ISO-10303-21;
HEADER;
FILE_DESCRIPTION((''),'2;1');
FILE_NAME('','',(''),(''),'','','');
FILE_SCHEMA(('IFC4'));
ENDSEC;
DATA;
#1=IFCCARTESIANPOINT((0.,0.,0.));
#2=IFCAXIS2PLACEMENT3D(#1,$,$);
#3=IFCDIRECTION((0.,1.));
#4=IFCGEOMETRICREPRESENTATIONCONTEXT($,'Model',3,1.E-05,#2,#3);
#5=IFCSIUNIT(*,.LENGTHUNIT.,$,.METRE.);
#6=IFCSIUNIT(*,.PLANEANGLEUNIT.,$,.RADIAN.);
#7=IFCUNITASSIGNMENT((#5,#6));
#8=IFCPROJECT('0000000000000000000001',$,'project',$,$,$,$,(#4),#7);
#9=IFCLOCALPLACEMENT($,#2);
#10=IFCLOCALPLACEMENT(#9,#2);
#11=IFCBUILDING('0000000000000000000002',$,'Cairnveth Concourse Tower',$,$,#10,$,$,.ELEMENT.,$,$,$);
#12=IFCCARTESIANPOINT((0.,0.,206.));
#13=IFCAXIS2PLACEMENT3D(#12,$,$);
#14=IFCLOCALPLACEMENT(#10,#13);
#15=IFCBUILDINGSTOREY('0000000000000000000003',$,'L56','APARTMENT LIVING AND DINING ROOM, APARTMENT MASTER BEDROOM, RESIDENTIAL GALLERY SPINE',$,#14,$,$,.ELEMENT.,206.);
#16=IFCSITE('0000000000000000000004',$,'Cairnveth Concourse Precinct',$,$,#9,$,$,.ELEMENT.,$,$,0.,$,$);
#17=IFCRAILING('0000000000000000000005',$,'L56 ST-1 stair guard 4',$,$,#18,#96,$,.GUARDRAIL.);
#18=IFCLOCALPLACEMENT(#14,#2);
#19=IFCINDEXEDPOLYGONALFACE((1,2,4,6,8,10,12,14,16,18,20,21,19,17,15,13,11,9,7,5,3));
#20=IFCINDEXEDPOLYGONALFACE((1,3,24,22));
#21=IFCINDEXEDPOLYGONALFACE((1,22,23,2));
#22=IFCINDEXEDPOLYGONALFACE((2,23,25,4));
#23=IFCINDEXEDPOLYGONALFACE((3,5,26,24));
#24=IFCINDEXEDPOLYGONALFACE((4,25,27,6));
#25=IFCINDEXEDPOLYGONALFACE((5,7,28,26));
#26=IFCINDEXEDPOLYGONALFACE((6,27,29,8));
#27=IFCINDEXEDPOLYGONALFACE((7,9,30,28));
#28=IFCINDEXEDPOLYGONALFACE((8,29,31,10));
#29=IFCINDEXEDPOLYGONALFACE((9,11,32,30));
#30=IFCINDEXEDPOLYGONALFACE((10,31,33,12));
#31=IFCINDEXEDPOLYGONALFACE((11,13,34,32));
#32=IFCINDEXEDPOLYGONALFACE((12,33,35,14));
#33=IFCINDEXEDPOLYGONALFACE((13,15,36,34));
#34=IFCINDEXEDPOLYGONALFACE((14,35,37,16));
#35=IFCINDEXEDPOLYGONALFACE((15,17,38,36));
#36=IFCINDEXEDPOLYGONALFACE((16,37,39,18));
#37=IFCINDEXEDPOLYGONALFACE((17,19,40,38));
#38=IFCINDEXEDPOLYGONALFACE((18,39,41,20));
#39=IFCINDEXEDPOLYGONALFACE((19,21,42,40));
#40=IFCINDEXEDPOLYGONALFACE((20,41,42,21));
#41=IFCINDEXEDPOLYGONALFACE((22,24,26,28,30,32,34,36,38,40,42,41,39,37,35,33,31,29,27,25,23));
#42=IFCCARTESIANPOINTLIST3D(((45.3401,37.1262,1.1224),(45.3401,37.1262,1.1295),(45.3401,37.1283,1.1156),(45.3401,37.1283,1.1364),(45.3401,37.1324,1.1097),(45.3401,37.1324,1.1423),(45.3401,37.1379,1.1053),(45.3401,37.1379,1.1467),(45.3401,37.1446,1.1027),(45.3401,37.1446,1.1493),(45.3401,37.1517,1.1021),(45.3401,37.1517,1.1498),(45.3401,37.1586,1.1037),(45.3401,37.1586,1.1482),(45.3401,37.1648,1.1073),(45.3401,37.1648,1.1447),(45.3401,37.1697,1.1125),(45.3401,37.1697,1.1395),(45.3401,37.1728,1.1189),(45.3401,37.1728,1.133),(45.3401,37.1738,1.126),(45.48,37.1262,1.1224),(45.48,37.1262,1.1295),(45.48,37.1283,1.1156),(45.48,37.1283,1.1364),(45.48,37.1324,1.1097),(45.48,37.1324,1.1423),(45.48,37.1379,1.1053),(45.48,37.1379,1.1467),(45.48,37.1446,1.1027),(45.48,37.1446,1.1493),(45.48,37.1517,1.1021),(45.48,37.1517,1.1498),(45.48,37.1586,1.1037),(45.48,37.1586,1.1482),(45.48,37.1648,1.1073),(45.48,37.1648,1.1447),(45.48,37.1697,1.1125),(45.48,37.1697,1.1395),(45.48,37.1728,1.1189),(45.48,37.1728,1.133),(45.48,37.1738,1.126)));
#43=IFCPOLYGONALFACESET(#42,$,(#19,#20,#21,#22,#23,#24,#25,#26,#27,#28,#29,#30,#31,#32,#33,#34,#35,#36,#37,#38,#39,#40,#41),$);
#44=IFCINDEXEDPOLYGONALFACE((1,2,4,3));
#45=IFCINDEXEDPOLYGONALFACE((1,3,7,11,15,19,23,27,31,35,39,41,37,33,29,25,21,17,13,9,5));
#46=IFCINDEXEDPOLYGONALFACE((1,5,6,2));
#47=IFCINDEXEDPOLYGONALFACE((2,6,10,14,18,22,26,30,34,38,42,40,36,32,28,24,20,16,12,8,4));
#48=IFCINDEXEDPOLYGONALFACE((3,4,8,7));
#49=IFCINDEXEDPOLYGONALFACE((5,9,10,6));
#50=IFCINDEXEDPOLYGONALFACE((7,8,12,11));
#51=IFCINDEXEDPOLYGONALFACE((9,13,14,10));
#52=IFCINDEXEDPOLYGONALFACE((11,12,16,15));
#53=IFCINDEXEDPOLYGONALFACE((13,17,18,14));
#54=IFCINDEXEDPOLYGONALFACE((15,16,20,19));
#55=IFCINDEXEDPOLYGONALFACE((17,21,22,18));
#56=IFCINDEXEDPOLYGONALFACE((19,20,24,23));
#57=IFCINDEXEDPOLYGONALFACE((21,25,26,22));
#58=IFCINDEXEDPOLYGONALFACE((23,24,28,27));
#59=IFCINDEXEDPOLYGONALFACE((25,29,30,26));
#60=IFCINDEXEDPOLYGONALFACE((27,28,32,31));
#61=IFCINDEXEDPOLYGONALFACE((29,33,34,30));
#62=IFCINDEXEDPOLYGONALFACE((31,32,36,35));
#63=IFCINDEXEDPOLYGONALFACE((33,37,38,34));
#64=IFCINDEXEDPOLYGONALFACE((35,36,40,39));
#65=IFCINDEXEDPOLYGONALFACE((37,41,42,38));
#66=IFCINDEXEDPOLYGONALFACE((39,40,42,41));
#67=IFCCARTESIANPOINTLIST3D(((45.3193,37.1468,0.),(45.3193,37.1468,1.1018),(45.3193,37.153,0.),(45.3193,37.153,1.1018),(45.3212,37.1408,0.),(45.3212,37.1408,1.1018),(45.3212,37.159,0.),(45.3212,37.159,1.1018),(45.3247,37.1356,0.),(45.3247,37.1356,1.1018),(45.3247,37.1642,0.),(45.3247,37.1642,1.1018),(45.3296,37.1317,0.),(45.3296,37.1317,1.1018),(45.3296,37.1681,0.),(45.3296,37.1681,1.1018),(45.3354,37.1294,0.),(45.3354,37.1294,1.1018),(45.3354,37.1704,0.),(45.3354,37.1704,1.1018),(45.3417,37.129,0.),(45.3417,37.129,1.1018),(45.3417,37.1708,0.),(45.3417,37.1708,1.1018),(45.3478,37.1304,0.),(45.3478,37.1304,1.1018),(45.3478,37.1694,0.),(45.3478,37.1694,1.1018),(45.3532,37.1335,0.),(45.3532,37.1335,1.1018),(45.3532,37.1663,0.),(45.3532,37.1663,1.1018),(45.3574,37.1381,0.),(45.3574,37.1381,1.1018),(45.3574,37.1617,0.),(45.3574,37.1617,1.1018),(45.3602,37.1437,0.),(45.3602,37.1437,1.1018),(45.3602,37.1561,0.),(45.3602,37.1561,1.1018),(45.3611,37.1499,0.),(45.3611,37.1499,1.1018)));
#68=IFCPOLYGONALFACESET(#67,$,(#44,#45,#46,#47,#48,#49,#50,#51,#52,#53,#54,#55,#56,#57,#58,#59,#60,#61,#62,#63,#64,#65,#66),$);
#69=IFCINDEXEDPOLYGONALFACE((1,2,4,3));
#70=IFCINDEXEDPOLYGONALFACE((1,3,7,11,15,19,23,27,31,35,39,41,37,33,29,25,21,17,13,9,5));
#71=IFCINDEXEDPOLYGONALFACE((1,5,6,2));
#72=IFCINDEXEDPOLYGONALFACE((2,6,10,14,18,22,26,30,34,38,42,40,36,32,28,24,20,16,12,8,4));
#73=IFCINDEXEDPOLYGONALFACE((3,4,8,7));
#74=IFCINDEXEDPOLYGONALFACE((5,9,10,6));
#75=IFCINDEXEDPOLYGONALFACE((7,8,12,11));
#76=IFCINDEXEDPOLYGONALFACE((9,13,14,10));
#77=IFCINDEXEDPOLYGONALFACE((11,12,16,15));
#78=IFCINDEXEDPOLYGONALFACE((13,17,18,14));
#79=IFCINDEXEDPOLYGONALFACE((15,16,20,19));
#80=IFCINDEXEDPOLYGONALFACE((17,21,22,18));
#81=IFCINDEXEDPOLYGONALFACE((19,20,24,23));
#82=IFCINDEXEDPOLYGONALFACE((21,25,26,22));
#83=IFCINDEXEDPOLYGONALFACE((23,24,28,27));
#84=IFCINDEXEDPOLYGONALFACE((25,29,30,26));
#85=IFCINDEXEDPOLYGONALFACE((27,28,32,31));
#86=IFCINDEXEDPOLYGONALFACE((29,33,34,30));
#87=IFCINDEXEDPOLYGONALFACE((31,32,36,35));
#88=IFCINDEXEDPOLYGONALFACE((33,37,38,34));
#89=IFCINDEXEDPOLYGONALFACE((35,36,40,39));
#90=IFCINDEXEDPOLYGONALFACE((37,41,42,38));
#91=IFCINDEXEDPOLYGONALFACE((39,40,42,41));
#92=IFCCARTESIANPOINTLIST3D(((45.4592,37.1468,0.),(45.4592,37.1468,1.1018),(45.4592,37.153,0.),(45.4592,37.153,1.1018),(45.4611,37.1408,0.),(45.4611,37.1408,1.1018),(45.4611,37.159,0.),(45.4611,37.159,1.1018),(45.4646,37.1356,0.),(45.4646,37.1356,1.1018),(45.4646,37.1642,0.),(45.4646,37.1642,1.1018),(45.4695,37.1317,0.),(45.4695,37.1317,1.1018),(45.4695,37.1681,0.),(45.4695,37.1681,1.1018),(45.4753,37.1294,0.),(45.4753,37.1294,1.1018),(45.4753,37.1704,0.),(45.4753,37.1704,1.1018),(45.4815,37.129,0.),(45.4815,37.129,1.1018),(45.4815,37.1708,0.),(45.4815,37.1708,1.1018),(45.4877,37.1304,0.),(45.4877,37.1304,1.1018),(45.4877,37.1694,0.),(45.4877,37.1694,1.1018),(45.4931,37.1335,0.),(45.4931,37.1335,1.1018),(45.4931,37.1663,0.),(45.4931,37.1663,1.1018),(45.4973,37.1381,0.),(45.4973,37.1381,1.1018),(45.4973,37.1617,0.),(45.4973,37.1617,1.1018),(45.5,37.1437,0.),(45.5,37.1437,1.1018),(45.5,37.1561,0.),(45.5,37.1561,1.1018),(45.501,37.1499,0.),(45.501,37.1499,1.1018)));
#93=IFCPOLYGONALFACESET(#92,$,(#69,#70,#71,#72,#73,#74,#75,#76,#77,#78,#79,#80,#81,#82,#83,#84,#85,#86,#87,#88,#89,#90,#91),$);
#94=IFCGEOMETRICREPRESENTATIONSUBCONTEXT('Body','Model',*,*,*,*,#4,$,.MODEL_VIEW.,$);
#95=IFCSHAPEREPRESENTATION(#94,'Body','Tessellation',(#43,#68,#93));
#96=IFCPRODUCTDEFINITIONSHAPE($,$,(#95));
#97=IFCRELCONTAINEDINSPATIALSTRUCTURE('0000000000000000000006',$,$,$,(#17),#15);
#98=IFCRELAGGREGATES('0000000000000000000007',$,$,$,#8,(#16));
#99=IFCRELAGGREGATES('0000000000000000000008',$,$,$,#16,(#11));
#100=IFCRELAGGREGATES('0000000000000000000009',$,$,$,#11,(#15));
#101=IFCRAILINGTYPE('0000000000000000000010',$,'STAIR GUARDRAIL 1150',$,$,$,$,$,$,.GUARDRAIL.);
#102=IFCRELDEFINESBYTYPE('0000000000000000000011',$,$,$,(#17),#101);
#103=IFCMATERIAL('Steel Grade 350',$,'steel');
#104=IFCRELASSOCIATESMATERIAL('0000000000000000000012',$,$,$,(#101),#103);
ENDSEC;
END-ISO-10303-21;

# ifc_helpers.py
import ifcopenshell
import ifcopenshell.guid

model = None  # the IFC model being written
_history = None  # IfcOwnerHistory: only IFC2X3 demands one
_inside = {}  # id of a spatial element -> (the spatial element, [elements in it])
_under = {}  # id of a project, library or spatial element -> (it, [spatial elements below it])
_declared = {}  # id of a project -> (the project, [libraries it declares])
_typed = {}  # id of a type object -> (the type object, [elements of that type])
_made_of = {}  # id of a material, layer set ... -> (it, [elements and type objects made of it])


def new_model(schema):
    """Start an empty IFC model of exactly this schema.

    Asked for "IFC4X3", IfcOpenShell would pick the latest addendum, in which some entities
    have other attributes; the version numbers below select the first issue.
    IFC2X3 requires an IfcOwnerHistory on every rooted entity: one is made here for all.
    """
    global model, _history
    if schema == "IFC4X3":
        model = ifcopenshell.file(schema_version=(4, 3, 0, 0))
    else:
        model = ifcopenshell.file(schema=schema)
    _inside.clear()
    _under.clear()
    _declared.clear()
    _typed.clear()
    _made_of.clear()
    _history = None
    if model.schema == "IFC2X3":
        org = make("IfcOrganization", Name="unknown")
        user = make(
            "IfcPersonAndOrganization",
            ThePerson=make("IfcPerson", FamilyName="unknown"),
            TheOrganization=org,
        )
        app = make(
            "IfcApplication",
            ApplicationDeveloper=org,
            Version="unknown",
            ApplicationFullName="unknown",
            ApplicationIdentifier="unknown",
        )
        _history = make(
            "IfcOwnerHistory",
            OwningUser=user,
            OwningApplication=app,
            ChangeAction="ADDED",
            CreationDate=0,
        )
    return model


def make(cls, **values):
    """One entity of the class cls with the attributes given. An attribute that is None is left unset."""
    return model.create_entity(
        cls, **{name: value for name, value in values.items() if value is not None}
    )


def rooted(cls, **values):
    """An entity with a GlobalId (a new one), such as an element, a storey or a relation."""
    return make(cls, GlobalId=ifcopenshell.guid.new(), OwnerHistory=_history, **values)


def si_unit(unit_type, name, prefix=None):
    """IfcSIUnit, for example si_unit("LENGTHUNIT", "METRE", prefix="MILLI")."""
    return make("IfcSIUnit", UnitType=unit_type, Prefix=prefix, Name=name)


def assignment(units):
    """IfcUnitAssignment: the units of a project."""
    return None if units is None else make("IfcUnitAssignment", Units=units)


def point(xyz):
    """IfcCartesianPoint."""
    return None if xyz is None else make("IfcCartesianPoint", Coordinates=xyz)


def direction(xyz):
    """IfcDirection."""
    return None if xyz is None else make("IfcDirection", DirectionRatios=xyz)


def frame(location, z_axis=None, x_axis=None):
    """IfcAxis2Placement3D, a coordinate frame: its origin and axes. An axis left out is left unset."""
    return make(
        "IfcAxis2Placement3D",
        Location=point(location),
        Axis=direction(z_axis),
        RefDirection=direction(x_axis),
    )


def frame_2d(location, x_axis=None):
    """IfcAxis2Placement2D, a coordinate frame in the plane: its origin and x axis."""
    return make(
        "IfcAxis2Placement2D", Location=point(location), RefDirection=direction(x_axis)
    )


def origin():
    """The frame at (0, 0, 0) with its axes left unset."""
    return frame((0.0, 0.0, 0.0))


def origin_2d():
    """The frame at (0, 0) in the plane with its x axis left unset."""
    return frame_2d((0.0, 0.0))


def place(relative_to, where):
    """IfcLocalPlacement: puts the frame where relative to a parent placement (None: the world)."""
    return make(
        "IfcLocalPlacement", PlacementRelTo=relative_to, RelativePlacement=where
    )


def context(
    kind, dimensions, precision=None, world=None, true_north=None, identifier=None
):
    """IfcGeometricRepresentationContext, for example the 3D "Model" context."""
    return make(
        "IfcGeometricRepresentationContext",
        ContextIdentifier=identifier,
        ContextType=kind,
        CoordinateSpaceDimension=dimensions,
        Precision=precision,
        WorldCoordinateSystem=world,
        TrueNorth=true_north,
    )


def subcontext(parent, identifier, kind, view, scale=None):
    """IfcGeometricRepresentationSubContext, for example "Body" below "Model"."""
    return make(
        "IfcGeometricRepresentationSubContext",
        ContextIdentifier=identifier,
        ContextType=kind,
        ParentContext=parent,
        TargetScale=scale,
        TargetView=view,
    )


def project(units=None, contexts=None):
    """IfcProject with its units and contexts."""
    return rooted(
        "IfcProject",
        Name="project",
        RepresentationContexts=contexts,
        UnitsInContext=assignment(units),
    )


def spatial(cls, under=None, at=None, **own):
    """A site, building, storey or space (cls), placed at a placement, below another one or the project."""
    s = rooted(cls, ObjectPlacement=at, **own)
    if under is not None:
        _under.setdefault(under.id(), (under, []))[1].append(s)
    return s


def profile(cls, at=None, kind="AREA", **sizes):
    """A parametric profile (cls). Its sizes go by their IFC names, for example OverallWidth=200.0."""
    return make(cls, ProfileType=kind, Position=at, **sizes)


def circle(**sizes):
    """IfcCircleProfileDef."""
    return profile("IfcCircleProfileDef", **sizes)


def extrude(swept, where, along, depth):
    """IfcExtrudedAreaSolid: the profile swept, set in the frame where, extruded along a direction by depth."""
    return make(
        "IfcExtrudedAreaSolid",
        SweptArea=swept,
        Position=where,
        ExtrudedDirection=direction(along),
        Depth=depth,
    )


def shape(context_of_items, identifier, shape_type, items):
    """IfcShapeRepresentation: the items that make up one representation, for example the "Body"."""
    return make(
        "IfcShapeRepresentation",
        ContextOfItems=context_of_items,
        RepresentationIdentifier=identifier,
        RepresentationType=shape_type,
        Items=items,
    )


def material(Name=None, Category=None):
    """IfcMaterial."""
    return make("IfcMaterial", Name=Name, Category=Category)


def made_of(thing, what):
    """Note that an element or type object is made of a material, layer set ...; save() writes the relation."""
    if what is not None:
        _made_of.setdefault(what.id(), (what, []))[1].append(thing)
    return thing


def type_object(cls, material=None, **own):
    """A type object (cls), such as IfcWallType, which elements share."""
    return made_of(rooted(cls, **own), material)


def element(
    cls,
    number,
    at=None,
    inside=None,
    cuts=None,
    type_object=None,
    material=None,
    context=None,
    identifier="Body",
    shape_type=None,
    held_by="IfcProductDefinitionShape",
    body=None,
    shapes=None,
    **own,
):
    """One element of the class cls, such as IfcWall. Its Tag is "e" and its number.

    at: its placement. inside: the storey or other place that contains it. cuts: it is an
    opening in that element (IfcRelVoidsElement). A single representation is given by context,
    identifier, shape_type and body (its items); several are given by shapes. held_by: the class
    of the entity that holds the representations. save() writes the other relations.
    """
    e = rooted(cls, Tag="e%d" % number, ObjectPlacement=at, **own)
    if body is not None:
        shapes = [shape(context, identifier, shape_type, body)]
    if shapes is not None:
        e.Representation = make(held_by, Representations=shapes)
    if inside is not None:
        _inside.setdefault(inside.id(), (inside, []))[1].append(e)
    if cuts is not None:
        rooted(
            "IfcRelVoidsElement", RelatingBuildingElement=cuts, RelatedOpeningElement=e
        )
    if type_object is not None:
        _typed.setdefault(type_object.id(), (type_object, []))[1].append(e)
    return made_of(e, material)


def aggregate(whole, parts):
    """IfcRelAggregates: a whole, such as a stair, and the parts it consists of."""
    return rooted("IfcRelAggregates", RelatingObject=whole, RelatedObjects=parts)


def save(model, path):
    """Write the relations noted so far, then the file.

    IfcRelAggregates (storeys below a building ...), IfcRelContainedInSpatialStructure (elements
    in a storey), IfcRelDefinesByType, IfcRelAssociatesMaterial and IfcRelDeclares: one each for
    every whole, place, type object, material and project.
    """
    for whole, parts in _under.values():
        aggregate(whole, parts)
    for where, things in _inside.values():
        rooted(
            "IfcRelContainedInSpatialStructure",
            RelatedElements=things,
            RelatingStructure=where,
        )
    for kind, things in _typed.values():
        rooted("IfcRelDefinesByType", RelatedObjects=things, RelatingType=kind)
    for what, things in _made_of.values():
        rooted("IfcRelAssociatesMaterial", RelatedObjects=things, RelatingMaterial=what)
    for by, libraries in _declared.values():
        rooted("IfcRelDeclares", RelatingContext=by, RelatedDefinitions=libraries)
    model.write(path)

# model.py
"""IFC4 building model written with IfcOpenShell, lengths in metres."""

from ifc_helpers import new_model, si_unit, direction, frame, origin, origin_2d, place, context, subcontext, project, spatial, circle, extrude, material, type_object, element, save


model = new_model("IFC4")

# Units and contexts
model_context = context("Model", 3, precision=1e-05, world=origin(), true_north=direction((0.0, 1.0)))
body_context = subcontext(model_context, "Body", "Model", "MODEL_VIEW")
ifc_project = project(units=[si_unit("LENGTHUNIT", "METRE"), si_unit("PLANEANGLEUNIT", "RADIAN")], contexts=[model_context])

# Site, building, storey
site_placement = place(None, origin())
site = spatial("IfcSite", under=ifc_project, at=site_placement, Name="Cairnveth Concourse Precinct", CompositionType="ELEMENT", RefElevation=0.0)
building_placement = place(site_placement, origin())
building = spatial("IfcBuilding", under=site, at=building_placement, Name="Cairnveth Concourse Tower", CompositionType="ELEMENT")
storey_placement = place(building_placement, frame((0.0, 0.0, 206.0)))
storey = spatial("IfcBuildingStorey", under=building, at=storey_placement, Name="L56", Description="APARTMENT LIVING AND DINING ROOM, APARTMENT MASTER BEDROOM, RESIDENTIAL GALLERY SPINE", CompositionType="ELEMENT", Elevation=206.0)

# Shared definitions
ifc_material_1 = material(Name="Steel Grade 350", Category="steel")

# Railing
railing_type = type_object("IfcRailingType", Name="STAIR GUARDRAIL 1150", PredefinedType="GUARDRAIL", material=ifc_material_1)
railing_1_placement = place(storey_placement, frame((45.3401, 37.1499, 0.0)))
element("IfcRailing", 1, at=railing_1_placement, inside=storey, type_object=railing_type, Name="L56 ST-1 stair guard 4", PredefinedType="GUARDRAIL", context=body_context, shape_type="SweptSolid", body=[
    extrude(circle(Radius=0.0239, at=origin_2d()), frame((0.0, 0.0, 1.126), z_axis=(1.0, 0.0, 0.0), x_axis=(0.0, 1.0, 0.0)), (0.0, 0.0, 1.0), 0.1399),
    extrude(circle(Radius=0.021, at=origin_2d()), origin(), (0.0, 0.0, 1.0), 1.1018),
    extrude(circle(Radius=0.021, at=origin_2d()), frame((0.1399, 0.0, 0.0)), (0.0, 0.0, 1.0), 1.1018),
])

save(model, "model.ifc")
